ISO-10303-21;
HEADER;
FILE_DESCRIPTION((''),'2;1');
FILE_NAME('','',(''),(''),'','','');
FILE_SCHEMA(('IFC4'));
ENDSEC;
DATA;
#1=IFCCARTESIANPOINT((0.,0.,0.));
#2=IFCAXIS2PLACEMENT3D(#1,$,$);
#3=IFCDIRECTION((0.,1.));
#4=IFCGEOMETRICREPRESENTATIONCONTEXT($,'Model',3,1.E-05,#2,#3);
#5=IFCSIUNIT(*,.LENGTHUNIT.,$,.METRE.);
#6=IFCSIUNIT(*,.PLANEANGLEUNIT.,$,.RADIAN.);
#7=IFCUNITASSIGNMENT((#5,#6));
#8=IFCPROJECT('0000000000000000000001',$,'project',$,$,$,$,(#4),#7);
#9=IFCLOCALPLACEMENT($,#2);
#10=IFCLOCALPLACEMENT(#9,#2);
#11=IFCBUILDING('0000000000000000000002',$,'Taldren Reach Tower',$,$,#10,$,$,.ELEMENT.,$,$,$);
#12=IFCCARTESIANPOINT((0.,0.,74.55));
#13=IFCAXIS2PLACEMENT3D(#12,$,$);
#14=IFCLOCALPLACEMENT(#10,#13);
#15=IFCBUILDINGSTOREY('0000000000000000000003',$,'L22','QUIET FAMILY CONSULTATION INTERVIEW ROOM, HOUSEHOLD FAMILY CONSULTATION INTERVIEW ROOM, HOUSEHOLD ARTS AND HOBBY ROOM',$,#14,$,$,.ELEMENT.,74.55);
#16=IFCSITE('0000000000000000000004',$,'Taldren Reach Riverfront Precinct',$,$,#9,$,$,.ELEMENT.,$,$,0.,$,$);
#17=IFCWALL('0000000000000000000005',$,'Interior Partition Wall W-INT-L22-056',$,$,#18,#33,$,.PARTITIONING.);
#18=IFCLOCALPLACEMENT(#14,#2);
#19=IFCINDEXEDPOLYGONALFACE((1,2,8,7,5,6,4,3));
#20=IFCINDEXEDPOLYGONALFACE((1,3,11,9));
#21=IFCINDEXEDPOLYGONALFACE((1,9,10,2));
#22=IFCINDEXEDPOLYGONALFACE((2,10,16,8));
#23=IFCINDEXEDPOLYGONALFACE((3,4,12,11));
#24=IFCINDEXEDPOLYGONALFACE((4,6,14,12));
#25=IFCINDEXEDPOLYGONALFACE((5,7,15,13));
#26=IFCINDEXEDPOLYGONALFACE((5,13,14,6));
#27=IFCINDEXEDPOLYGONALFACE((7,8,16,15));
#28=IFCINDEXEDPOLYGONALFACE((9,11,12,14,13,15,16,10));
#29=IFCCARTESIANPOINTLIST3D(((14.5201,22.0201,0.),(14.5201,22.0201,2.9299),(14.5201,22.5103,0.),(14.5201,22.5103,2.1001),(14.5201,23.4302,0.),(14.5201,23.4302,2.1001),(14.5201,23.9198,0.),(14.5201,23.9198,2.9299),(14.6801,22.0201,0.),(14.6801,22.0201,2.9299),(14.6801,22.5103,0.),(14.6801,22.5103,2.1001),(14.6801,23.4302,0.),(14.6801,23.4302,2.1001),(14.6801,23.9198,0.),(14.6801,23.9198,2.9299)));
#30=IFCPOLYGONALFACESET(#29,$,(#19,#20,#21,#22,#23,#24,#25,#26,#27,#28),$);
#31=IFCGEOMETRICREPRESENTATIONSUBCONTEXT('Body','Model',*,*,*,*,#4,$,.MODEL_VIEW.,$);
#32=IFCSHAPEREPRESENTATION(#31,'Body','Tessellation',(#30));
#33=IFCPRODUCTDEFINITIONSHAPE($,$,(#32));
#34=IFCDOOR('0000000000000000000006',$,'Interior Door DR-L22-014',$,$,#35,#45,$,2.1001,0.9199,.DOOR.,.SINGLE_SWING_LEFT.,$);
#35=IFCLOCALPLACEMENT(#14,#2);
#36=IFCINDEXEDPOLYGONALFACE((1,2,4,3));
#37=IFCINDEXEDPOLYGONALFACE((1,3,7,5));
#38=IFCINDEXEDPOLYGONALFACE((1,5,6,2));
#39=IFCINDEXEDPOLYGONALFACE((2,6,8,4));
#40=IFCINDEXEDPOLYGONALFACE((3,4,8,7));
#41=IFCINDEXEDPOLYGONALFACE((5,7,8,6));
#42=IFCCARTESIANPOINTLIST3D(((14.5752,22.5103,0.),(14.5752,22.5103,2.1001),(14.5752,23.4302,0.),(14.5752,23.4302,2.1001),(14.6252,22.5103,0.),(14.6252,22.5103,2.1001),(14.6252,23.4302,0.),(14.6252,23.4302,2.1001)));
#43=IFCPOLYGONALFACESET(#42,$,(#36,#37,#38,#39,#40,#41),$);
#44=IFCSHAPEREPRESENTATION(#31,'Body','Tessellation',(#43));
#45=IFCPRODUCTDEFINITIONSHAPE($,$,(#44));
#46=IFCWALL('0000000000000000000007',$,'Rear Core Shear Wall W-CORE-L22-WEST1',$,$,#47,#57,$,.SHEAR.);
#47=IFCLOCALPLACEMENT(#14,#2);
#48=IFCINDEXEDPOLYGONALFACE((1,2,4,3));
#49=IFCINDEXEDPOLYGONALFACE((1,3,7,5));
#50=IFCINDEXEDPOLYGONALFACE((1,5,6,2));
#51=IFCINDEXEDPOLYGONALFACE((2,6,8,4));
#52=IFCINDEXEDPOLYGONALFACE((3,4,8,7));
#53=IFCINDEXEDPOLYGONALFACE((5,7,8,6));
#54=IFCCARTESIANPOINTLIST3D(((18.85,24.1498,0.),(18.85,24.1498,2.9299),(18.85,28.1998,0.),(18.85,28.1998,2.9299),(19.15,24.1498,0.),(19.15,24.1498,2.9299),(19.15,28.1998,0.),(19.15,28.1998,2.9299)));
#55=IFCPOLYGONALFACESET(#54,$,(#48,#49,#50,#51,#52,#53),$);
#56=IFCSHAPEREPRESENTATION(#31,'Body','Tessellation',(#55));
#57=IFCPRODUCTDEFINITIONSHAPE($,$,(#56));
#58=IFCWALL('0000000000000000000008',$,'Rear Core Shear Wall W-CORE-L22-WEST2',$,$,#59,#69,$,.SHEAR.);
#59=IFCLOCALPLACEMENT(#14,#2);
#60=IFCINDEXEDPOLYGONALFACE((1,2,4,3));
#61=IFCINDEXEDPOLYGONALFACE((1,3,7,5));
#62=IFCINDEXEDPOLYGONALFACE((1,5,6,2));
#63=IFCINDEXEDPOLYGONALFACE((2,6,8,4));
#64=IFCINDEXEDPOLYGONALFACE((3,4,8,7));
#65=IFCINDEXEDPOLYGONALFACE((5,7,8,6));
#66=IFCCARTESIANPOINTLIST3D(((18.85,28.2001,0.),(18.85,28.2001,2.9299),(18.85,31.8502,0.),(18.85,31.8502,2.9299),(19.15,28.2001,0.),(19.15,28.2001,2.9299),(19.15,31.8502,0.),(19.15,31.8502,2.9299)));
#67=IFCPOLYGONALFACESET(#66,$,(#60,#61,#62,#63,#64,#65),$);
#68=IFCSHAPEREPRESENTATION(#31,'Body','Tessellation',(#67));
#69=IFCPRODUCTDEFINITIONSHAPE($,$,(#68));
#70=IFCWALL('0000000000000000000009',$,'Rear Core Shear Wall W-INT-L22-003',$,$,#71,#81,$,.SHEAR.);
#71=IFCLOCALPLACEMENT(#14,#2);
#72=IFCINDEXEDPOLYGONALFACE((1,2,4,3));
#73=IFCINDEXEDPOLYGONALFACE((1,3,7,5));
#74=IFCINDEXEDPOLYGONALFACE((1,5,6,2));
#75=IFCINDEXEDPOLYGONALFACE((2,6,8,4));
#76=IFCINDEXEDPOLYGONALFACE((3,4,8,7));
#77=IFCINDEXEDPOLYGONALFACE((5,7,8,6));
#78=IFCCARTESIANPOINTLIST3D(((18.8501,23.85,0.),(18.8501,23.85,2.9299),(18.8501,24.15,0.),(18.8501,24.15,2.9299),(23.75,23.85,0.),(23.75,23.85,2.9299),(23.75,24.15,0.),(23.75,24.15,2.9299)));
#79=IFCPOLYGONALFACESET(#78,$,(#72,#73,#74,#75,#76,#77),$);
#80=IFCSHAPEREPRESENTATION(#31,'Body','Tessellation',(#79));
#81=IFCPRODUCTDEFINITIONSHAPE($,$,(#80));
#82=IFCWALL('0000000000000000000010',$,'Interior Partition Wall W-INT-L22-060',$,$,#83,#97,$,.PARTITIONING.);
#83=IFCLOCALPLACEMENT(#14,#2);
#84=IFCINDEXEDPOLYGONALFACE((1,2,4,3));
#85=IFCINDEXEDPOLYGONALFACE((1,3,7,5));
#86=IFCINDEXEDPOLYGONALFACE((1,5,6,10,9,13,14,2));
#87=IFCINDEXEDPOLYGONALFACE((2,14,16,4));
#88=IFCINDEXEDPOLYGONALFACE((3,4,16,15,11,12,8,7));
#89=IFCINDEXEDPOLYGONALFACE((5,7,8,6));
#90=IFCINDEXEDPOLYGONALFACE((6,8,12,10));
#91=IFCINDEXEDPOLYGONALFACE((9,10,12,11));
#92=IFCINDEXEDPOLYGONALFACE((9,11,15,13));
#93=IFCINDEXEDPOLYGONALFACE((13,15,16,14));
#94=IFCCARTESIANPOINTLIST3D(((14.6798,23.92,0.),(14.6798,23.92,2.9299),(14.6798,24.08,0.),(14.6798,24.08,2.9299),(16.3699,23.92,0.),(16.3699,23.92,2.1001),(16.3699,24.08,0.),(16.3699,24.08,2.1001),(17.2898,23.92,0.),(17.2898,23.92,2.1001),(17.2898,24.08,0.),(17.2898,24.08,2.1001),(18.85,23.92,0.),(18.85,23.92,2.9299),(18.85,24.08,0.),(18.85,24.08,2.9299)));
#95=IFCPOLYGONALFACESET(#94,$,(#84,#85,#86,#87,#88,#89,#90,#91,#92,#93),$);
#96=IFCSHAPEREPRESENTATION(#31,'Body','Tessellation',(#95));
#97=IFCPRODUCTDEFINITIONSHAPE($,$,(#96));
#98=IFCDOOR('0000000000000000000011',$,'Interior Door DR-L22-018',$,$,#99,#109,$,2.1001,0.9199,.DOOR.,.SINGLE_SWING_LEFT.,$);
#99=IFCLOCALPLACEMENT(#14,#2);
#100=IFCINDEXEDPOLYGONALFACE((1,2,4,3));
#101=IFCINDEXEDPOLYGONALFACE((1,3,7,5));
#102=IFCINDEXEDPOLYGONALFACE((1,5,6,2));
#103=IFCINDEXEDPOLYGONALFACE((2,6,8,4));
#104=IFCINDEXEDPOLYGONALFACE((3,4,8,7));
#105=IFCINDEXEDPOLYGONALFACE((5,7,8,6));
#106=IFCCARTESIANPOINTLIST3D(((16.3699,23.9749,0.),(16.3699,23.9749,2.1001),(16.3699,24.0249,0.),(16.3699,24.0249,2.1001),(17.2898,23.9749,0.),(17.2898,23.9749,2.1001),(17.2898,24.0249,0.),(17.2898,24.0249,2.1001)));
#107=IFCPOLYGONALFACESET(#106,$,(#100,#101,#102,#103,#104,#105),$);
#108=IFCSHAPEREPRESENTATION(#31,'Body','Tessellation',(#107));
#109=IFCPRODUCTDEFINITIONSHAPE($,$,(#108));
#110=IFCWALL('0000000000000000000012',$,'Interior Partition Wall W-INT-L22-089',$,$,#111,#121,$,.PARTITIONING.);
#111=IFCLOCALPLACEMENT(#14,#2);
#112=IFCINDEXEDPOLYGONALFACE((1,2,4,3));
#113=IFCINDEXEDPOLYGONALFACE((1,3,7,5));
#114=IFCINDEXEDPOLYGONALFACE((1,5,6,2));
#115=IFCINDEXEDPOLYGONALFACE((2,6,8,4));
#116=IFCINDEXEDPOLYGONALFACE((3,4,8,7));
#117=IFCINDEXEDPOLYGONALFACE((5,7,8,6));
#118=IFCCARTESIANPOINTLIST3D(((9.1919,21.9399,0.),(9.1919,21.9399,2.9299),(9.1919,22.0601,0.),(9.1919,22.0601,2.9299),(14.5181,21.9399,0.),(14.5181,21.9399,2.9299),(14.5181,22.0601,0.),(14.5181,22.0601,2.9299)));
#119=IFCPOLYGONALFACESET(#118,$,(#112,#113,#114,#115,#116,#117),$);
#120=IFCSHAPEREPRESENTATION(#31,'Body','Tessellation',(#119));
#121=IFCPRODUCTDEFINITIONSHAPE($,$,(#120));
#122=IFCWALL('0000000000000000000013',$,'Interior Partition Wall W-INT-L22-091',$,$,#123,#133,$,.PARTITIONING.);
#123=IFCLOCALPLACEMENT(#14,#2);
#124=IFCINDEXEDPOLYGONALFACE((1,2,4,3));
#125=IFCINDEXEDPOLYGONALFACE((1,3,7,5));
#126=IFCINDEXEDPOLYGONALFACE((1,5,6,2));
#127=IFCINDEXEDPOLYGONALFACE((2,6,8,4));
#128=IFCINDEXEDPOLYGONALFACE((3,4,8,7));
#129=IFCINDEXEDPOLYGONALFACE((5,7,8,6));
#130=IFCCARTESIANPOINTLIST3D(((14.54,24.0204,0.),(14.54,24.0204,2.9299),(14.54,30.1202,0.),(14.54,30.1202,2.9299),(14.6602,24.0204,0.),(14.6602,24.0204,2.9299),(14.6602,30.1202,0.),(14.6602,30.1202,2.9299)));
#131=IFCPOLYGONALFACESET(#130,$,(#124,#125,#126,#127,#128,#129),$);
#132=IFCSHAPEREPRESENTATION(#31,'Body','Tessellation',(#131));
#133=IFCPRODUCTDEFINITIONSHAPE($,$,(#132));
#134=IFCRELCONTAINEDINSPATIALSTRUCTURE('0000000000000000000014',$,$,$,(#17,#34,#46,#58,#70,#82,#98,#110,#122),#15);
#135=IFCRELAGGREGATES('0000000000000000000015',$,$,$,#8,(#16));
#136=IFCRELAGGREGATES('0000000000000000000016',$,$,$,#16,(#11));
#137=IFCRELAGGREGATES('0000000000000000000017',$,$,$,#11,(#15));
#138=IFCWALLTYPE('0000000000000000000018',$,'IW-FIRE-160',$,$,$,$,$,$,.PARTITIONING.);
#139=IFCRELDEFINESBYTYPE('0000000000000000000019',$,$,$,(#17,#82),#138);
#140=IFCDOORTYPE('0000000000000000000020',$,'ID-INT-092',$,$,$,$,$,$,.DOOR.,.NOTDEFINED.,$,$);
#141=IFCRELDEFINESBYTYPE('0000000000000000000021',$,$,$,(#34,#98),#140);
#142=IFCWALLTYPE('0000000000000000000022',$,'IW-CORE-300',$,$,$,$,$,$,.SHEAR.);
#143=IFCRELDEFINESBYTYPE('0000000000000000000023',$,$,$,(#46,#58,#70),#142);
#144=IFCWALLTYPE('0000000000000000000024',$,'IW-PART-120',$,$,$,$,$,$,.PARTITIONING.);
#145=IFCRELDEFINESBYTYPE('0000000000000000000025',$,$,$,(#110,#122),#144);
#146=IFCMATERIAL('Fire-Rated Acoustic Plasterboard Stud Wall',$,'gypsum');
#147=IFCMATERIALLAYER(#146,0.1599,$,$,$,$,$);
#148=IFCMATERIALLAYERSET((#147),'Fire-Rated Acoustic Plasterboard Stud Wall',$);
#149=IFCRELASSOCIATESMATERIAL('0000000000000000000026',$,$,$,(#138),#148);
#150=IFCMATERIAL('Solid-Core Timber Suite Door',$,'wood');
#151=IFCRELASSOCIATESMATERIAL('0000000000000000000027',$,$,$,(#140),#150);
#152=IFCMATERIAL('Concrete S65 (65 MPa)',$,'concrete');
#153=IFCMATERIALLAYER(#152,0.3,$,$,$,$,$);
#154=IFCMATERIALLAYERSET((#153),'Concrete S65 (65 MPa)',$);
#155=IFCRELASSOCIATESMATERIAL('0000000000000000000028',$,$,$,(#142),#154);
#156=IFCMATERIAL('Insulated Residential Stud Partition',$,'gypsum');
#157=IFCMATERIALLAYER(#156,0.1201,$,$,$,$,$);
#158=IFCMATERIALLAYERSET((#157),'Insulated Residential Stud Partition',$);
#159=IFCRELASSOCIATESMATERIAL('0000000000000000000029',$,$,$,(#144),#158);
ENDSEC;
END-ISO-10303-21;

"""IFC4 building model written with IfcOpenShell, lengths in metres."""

from ifc_helpers import new_model, si_unit, direction, frame, frame_2d, origin, place, context, subcontext, project, spatial, rectangle, extrude, source, transform, mapped, material, layer, layer_set, type_object, element, fill, save


model = new_model("IFC4")

# Units and contexts
model_context = context("Model", 3, precision=1e-05, world=origin(), true_north=direction((0.0, 1.0)))
body_context = subcontext(model_context, "Body", "Model", "MODEL_VIEW")
ifc_project = project(units=[si_unit("LENGTHUNIT", "METRE"), si_unit("PLANEANGLEUNIT", "RADIAN")], contexts=[model_context])

# Site, building, storey
site_placement = place(None, origin())
site = spatial("IfcSite", under=ifc_project, at=site_placement, Name="Taldren Reach Riverfront Precinct", CompositionType="ELEMENT", RefElevation=0.0)
building_placement = place(site_placement, origin())
building = spatial("IfcBuilding", under=site, at=building_placement, Name="Taldren Reach Tower", CompositionType="ELEMENT")
storey_placement = place(building_placement, frame((0.0, 0.0, 74.55)))
storey = spatial("IfcBuildingStorey", under=building, at=storey_placement, Name="L22", Description="QUIET FAMILY CONSULTATION INTERVIEW ROOM, HOUSEHOLD FAMILY CONSULTATION INTERVIEW ROOM, HOUSEHOLD ARTS AND HOBBY ROOM", CompositionType="ELEMENT", Elevation=74.55)

# Shared definitions
ifc_material_1 = material(Name="Concrete S65 (65 MPa)", Category="concrete")

# Shared definitions
ifc_material_2 = material(Name="Fire-Rated Acoustic Plasterboard Stud Wall", Category="gypsum")
ifc_layer_1 = layer(ifc_material_2, 0.1599)
ifc_layer_set_1 = layer_set([ifc_layer_1], Name="Fire-Rated Acoustic Plasterboard Stud Wall")
wall_type_1 = type_object("IfcWallType", Name="IW-FIRE-160", PredefinedType="PARTITIONING", material=ifc_layer_set_1)

# Wall, opening, door
shared_shape_1 = source(origin(), body_context, "Body", "SweptSolid", [
    extrude(rectangle(XDim=1.8997, YDim=0.1599, at=frame_2d((0.9497, 0.0))), origin(), (0.0, 0.0, 1.0), 2.9299),
])
wall_1_placement = place(storey_placement, frame((14.6001, 22.0203, 0.0), z_axis=(0.0, 0.0, 1.0), x_axis=(0.0, 1.0, 0.0)))
wall_1 = element("IfcWall", 1, at=wall_1_placement, inside=storey, type_object=wall_type_1, Name="Interior Partition Wall W-INT-L22-056", PredefinedType="PARTITIONING", context=body_context, shape_type="MappedRepresentation", body=[
    mapped(shared_shape_1, transform((0.0, 0.0, 0.0), scale=1.0)),
])
shared_shape_2 = source(origin(), body_context, "Body", "SweptSolid", [
    extrude(rectangle(XDim=0.9199, YDim=2.1001, at=frame_2d((0.46, 1.05))), frame((0.0, 0.0898, 0.0), z_axis=(0.0, -1.0, 0.0), x_axis=(1.0, 0.0, 0.0)), (0.0, 0.0, 1.0), 0.1799),
])
opening_1_placement = place(wall_1_placement, frame((0.49, 0.0, 0.0)))
opening_1 = element("IfcOpeningElement", 2, at=opening_1_placement, cuts=wall_1, PredefinedType="OPENING", context=body_context, shape_type="MappedRepresentation", body=[
    mapped(shared_shape_2, transform((0.0, 0.0, 0.0), scale=1.0)),
])
ifc_material_3 = material(Name="Solid-Core Timber Suite Door", Category="wood")
door_type = type_object("IfcDoorType", Name="ID-INT-092", OperationType="NOTDEFINED", PredefinedType="DOOR", material=ifc_material_3)
shared_shape_3 = source(origin(), body_context, "Body", "SweptSolid", [
    extrude(rectangle(XDim=0.9199, YDim=2.1001, at=frame_2d((0.46, 1.05))), frame((0.0, 0.0249, 0.0), z_axis=(0.0, -1.0, 0.0), x_axis=(1.0, 0.0, 0.0)), (0.0, 0.0, 1.0), 0.05),
])
door_1_placement = place(opening_1_placement, origin())
door_1 = element("IfcDoor", 3, at=door_1_placement, inside=storey, type_object=door_type, Name="Interior Door DR-L22-014", OperationType="SINGLE_SWING_LEFT", OverallHeight=2.1001, OverallWidth=0.9199, PredefinedType="DOOR", context=body_context, shape_type="MappedRepresentation", body=[
    mapped(shared_shape_3, transform((0.0, 0.0, 0.0), scale=1.0)),
])
fill(opening_1, door_1)

# Walls
ifc_layer_2 = layer(ifc_material_1, 0.3)
ifc_layer_set_2 = layer_set([ifc_layer_2], Name="Concrete S65 (65 MPa)")
wall_type_2 = type_object("IfcWallType", Name="IW-CORE-300", PredefinedType="SHEAR", material=ifc_layer_set_2)
shared_shape_4 = source(origin(), body_context, "Body", "SweptSolid", [
    extrude(rectangle(XDim=4.05, YDim=0.3, at=frame_2d((2.0249, 0.0))), origin(), (0.0, 0.0, 1.0), 2.9299),
])
wall_2_placement = place(storey_placement, frame((19.0, 24.1499, 0.0), z_axis=(0.0, 0.0, 1.0), x_axis=(0.0, 1.0, 0.0)))
element("IfcWall", 4, at=wall_2_placement, inside=storey, type_object=wall_type_2, Name="Rear Core Shear Wall W-CORE-L22-WEST1", PredefinedType="SHEAR", context=body_context, shape_type="MappedRepresentation", body=[
    mapped(shared_shape_4, transform((0.0, 0.0, 0.0), scale=1.0)),
])
shared_shape_5 = source(origin(), body_context, "Body", "SweptSolid", [
    extrude(rectangle(XDim=3.6501, YDim=0.3, at=frame_2d((1.8252, 0.0))), origin(), (0.0, 0.0, 1.0), 2.9299),
])
wall_3_placement = place(storey_placement, frame((19.0, 28.2, 0.0), z_axis=(0.0, 0.0, 1.0), x_axis=(0.0, 1.0, 0.0)))
element("IfcWall", 5, at=wall_3_placement, inside=storey, type_object=wall_type_2, Name="Rear Core Shear Wall W-CORE-L22-WEST2", PredefinedType="SHEAR", context=body_context, shape_type="MappedRepresentation", body=[
    mapped(shared_shape_5, transform((0.0, 0.0, 0.0), scale=1.0)),
])
shared_shape_6 = source(origin(), body_context, "Body", "SweptSolid", [
    extrude(rectangle(XDim=4.8999, YDim=0.3, at=frame_2d((2.45, 0.0))), origin(), (0.0, 0.0, 1.0), 2.9299),
])
wall_4_placement = place(storey_placement, frame((18.8501, 24.0, 0.0), z_axis=(0.0, 0.0, 1.0), x_axis=(1.0, 0.0, 0.0)))
element("IfcWall", 6, at=wall_4_placement, inside=storey, type_object=wall_type_2, Name="Rear Core Shear Wall W-INT-L22-003", PredefinedType="SHEAR", context=body_context, shape_type="MappedRepresentation", body=[
    mapped(shared_shape_6, transform((0.0, 0.0, 0.0), scale=1.0)),
])

# Wall, opening, door
shared_shape_7 = source(origin(), body_context, "Body", "SweptSolid", [
    extrude(rectangle(XDim=4.1702, YDim=0.1599, at=frame_2d((2.085, 0.0))), origin(), (0.0, 0.0, 1.0), 2.9299),
])
wall_5_placement = place(storey_placement, frame((14.6799, 24.0, 0.0), z_axis=(0.0, 0.0, 1.0), x_axis=(1.0, 0.0, 0.0)))
wall_5 = element("IfcWall", 7, at=wall_5_placement, inside=storey, type_object=wall_type_1, Name="Interior Partition Wall W-INT-L22-060", PredefinedType="PARTITIONING", context=body_context, shape_type="MappedRepresentation", body=[
    mapped(shared_shape_7, transform((0.0, 0.0, 0.0), scale=1.0)),
])
opening_2_placement = place(wall_5_placement, frame((1.6899, 0.0, 0.0)))
opening_2 = element("IfcOpeningElement", 8, at=opening_2_placement, cuts=wall_5, PredefinedType="OPENING", context=body_context, shape_type="MappedRepresentation", body=[
    mapped(shared_shape_2, transform((0.0, 0.0, 0.0), scale=1.0)),
])
door_2_placement = place(opening_2_placement, origin())
door_2 = element("IfcDoor", 9, at=door_2_placement, inside=storey, type_object=door_type, Name="Interior Door DR-L22-018", OperationType="SINGLE_SWING_LEFT", OverallHeight=2.1001, OverallWidth=0.9199, PredefinedType="DOOR", context=body_context, shape_type="MappedRepresentation", body=[
    mapped(shared_shape_3, transform((0.0, 0.0, 0.0), scale=1.0)),
])
fill(opening_2, door_2)

# Walls
ifc_material_4 = material(Name="Insulated Residential Stud Partition", Category="gypsum")
ifc_layer_3 = layer(ifc_material_4, 0.1201)
ifc_layer_set_3 = layer_set([ifc_layer_3], Name="Insulated Residential Stud Partition")
wall_type_3 = type_object("IfcWallType", Name="IW-PART-120", PredefinedType="PARTITIONING", material=ifc_layer_set_3)
shared_shape_8 = source(origin(), body_context, "Body", "SweptSolid", [
    extrude(rectangle(XDim=5.3262, YDim=0.1201, at=frame_2d((2.6631, 0.0))), origin(), (0.0, 0.0, 1.0), 2.9299),
])
wall_6_placement = place(storey_placement, frame((9.1919, 22.0, 0.0), z_axis=(0.0, 0.0, 1.0), x_axis=(1.0, 0.0, 0.0)))
element("IfcWall", 10, at=wall_6_placement, inside=storey, type_object=wall_type_3, Name="Interior Partition Wall W-INT-L22-089", PredefinedType="PARTITIONING", context=body_context, shape_type="MappedRepresentation", body=[
    mapped(shared_shape_8, transform((0.0, 0.0, 0.0), scale=1.0)),
])
shared_shape_9 = source(origin(), body_context, "Body", "SweptSolid", [
    extrude(rectangle(XDim=6.0999, YDim=0.1201, at=frame_2d((3.0498, 0.0))), origin(), (0.0, 0.0, 1.0), 2.9299),
])
wall_7_placement = place(storey_placement, frame((14.6001, 30.1201, 0.0), z_axis=(0.0, 0.0, 1.0), x_axis=(0.0, -1.0, 0.0)))
element("IfcWall", 11, at=wall_7_placement, inside=storey, type_object=wall_type_3, Name="Interior Partition Wall W-INT-L22-091", PredefinedType="PARTITIONING", context=body_context, shape_type="MappedRepresentation", body=[
    mapped(shared_shape_9, transform((0.0, 0.0, 0.0), scale=1.0)),
])

save(model, "model.ifc")
